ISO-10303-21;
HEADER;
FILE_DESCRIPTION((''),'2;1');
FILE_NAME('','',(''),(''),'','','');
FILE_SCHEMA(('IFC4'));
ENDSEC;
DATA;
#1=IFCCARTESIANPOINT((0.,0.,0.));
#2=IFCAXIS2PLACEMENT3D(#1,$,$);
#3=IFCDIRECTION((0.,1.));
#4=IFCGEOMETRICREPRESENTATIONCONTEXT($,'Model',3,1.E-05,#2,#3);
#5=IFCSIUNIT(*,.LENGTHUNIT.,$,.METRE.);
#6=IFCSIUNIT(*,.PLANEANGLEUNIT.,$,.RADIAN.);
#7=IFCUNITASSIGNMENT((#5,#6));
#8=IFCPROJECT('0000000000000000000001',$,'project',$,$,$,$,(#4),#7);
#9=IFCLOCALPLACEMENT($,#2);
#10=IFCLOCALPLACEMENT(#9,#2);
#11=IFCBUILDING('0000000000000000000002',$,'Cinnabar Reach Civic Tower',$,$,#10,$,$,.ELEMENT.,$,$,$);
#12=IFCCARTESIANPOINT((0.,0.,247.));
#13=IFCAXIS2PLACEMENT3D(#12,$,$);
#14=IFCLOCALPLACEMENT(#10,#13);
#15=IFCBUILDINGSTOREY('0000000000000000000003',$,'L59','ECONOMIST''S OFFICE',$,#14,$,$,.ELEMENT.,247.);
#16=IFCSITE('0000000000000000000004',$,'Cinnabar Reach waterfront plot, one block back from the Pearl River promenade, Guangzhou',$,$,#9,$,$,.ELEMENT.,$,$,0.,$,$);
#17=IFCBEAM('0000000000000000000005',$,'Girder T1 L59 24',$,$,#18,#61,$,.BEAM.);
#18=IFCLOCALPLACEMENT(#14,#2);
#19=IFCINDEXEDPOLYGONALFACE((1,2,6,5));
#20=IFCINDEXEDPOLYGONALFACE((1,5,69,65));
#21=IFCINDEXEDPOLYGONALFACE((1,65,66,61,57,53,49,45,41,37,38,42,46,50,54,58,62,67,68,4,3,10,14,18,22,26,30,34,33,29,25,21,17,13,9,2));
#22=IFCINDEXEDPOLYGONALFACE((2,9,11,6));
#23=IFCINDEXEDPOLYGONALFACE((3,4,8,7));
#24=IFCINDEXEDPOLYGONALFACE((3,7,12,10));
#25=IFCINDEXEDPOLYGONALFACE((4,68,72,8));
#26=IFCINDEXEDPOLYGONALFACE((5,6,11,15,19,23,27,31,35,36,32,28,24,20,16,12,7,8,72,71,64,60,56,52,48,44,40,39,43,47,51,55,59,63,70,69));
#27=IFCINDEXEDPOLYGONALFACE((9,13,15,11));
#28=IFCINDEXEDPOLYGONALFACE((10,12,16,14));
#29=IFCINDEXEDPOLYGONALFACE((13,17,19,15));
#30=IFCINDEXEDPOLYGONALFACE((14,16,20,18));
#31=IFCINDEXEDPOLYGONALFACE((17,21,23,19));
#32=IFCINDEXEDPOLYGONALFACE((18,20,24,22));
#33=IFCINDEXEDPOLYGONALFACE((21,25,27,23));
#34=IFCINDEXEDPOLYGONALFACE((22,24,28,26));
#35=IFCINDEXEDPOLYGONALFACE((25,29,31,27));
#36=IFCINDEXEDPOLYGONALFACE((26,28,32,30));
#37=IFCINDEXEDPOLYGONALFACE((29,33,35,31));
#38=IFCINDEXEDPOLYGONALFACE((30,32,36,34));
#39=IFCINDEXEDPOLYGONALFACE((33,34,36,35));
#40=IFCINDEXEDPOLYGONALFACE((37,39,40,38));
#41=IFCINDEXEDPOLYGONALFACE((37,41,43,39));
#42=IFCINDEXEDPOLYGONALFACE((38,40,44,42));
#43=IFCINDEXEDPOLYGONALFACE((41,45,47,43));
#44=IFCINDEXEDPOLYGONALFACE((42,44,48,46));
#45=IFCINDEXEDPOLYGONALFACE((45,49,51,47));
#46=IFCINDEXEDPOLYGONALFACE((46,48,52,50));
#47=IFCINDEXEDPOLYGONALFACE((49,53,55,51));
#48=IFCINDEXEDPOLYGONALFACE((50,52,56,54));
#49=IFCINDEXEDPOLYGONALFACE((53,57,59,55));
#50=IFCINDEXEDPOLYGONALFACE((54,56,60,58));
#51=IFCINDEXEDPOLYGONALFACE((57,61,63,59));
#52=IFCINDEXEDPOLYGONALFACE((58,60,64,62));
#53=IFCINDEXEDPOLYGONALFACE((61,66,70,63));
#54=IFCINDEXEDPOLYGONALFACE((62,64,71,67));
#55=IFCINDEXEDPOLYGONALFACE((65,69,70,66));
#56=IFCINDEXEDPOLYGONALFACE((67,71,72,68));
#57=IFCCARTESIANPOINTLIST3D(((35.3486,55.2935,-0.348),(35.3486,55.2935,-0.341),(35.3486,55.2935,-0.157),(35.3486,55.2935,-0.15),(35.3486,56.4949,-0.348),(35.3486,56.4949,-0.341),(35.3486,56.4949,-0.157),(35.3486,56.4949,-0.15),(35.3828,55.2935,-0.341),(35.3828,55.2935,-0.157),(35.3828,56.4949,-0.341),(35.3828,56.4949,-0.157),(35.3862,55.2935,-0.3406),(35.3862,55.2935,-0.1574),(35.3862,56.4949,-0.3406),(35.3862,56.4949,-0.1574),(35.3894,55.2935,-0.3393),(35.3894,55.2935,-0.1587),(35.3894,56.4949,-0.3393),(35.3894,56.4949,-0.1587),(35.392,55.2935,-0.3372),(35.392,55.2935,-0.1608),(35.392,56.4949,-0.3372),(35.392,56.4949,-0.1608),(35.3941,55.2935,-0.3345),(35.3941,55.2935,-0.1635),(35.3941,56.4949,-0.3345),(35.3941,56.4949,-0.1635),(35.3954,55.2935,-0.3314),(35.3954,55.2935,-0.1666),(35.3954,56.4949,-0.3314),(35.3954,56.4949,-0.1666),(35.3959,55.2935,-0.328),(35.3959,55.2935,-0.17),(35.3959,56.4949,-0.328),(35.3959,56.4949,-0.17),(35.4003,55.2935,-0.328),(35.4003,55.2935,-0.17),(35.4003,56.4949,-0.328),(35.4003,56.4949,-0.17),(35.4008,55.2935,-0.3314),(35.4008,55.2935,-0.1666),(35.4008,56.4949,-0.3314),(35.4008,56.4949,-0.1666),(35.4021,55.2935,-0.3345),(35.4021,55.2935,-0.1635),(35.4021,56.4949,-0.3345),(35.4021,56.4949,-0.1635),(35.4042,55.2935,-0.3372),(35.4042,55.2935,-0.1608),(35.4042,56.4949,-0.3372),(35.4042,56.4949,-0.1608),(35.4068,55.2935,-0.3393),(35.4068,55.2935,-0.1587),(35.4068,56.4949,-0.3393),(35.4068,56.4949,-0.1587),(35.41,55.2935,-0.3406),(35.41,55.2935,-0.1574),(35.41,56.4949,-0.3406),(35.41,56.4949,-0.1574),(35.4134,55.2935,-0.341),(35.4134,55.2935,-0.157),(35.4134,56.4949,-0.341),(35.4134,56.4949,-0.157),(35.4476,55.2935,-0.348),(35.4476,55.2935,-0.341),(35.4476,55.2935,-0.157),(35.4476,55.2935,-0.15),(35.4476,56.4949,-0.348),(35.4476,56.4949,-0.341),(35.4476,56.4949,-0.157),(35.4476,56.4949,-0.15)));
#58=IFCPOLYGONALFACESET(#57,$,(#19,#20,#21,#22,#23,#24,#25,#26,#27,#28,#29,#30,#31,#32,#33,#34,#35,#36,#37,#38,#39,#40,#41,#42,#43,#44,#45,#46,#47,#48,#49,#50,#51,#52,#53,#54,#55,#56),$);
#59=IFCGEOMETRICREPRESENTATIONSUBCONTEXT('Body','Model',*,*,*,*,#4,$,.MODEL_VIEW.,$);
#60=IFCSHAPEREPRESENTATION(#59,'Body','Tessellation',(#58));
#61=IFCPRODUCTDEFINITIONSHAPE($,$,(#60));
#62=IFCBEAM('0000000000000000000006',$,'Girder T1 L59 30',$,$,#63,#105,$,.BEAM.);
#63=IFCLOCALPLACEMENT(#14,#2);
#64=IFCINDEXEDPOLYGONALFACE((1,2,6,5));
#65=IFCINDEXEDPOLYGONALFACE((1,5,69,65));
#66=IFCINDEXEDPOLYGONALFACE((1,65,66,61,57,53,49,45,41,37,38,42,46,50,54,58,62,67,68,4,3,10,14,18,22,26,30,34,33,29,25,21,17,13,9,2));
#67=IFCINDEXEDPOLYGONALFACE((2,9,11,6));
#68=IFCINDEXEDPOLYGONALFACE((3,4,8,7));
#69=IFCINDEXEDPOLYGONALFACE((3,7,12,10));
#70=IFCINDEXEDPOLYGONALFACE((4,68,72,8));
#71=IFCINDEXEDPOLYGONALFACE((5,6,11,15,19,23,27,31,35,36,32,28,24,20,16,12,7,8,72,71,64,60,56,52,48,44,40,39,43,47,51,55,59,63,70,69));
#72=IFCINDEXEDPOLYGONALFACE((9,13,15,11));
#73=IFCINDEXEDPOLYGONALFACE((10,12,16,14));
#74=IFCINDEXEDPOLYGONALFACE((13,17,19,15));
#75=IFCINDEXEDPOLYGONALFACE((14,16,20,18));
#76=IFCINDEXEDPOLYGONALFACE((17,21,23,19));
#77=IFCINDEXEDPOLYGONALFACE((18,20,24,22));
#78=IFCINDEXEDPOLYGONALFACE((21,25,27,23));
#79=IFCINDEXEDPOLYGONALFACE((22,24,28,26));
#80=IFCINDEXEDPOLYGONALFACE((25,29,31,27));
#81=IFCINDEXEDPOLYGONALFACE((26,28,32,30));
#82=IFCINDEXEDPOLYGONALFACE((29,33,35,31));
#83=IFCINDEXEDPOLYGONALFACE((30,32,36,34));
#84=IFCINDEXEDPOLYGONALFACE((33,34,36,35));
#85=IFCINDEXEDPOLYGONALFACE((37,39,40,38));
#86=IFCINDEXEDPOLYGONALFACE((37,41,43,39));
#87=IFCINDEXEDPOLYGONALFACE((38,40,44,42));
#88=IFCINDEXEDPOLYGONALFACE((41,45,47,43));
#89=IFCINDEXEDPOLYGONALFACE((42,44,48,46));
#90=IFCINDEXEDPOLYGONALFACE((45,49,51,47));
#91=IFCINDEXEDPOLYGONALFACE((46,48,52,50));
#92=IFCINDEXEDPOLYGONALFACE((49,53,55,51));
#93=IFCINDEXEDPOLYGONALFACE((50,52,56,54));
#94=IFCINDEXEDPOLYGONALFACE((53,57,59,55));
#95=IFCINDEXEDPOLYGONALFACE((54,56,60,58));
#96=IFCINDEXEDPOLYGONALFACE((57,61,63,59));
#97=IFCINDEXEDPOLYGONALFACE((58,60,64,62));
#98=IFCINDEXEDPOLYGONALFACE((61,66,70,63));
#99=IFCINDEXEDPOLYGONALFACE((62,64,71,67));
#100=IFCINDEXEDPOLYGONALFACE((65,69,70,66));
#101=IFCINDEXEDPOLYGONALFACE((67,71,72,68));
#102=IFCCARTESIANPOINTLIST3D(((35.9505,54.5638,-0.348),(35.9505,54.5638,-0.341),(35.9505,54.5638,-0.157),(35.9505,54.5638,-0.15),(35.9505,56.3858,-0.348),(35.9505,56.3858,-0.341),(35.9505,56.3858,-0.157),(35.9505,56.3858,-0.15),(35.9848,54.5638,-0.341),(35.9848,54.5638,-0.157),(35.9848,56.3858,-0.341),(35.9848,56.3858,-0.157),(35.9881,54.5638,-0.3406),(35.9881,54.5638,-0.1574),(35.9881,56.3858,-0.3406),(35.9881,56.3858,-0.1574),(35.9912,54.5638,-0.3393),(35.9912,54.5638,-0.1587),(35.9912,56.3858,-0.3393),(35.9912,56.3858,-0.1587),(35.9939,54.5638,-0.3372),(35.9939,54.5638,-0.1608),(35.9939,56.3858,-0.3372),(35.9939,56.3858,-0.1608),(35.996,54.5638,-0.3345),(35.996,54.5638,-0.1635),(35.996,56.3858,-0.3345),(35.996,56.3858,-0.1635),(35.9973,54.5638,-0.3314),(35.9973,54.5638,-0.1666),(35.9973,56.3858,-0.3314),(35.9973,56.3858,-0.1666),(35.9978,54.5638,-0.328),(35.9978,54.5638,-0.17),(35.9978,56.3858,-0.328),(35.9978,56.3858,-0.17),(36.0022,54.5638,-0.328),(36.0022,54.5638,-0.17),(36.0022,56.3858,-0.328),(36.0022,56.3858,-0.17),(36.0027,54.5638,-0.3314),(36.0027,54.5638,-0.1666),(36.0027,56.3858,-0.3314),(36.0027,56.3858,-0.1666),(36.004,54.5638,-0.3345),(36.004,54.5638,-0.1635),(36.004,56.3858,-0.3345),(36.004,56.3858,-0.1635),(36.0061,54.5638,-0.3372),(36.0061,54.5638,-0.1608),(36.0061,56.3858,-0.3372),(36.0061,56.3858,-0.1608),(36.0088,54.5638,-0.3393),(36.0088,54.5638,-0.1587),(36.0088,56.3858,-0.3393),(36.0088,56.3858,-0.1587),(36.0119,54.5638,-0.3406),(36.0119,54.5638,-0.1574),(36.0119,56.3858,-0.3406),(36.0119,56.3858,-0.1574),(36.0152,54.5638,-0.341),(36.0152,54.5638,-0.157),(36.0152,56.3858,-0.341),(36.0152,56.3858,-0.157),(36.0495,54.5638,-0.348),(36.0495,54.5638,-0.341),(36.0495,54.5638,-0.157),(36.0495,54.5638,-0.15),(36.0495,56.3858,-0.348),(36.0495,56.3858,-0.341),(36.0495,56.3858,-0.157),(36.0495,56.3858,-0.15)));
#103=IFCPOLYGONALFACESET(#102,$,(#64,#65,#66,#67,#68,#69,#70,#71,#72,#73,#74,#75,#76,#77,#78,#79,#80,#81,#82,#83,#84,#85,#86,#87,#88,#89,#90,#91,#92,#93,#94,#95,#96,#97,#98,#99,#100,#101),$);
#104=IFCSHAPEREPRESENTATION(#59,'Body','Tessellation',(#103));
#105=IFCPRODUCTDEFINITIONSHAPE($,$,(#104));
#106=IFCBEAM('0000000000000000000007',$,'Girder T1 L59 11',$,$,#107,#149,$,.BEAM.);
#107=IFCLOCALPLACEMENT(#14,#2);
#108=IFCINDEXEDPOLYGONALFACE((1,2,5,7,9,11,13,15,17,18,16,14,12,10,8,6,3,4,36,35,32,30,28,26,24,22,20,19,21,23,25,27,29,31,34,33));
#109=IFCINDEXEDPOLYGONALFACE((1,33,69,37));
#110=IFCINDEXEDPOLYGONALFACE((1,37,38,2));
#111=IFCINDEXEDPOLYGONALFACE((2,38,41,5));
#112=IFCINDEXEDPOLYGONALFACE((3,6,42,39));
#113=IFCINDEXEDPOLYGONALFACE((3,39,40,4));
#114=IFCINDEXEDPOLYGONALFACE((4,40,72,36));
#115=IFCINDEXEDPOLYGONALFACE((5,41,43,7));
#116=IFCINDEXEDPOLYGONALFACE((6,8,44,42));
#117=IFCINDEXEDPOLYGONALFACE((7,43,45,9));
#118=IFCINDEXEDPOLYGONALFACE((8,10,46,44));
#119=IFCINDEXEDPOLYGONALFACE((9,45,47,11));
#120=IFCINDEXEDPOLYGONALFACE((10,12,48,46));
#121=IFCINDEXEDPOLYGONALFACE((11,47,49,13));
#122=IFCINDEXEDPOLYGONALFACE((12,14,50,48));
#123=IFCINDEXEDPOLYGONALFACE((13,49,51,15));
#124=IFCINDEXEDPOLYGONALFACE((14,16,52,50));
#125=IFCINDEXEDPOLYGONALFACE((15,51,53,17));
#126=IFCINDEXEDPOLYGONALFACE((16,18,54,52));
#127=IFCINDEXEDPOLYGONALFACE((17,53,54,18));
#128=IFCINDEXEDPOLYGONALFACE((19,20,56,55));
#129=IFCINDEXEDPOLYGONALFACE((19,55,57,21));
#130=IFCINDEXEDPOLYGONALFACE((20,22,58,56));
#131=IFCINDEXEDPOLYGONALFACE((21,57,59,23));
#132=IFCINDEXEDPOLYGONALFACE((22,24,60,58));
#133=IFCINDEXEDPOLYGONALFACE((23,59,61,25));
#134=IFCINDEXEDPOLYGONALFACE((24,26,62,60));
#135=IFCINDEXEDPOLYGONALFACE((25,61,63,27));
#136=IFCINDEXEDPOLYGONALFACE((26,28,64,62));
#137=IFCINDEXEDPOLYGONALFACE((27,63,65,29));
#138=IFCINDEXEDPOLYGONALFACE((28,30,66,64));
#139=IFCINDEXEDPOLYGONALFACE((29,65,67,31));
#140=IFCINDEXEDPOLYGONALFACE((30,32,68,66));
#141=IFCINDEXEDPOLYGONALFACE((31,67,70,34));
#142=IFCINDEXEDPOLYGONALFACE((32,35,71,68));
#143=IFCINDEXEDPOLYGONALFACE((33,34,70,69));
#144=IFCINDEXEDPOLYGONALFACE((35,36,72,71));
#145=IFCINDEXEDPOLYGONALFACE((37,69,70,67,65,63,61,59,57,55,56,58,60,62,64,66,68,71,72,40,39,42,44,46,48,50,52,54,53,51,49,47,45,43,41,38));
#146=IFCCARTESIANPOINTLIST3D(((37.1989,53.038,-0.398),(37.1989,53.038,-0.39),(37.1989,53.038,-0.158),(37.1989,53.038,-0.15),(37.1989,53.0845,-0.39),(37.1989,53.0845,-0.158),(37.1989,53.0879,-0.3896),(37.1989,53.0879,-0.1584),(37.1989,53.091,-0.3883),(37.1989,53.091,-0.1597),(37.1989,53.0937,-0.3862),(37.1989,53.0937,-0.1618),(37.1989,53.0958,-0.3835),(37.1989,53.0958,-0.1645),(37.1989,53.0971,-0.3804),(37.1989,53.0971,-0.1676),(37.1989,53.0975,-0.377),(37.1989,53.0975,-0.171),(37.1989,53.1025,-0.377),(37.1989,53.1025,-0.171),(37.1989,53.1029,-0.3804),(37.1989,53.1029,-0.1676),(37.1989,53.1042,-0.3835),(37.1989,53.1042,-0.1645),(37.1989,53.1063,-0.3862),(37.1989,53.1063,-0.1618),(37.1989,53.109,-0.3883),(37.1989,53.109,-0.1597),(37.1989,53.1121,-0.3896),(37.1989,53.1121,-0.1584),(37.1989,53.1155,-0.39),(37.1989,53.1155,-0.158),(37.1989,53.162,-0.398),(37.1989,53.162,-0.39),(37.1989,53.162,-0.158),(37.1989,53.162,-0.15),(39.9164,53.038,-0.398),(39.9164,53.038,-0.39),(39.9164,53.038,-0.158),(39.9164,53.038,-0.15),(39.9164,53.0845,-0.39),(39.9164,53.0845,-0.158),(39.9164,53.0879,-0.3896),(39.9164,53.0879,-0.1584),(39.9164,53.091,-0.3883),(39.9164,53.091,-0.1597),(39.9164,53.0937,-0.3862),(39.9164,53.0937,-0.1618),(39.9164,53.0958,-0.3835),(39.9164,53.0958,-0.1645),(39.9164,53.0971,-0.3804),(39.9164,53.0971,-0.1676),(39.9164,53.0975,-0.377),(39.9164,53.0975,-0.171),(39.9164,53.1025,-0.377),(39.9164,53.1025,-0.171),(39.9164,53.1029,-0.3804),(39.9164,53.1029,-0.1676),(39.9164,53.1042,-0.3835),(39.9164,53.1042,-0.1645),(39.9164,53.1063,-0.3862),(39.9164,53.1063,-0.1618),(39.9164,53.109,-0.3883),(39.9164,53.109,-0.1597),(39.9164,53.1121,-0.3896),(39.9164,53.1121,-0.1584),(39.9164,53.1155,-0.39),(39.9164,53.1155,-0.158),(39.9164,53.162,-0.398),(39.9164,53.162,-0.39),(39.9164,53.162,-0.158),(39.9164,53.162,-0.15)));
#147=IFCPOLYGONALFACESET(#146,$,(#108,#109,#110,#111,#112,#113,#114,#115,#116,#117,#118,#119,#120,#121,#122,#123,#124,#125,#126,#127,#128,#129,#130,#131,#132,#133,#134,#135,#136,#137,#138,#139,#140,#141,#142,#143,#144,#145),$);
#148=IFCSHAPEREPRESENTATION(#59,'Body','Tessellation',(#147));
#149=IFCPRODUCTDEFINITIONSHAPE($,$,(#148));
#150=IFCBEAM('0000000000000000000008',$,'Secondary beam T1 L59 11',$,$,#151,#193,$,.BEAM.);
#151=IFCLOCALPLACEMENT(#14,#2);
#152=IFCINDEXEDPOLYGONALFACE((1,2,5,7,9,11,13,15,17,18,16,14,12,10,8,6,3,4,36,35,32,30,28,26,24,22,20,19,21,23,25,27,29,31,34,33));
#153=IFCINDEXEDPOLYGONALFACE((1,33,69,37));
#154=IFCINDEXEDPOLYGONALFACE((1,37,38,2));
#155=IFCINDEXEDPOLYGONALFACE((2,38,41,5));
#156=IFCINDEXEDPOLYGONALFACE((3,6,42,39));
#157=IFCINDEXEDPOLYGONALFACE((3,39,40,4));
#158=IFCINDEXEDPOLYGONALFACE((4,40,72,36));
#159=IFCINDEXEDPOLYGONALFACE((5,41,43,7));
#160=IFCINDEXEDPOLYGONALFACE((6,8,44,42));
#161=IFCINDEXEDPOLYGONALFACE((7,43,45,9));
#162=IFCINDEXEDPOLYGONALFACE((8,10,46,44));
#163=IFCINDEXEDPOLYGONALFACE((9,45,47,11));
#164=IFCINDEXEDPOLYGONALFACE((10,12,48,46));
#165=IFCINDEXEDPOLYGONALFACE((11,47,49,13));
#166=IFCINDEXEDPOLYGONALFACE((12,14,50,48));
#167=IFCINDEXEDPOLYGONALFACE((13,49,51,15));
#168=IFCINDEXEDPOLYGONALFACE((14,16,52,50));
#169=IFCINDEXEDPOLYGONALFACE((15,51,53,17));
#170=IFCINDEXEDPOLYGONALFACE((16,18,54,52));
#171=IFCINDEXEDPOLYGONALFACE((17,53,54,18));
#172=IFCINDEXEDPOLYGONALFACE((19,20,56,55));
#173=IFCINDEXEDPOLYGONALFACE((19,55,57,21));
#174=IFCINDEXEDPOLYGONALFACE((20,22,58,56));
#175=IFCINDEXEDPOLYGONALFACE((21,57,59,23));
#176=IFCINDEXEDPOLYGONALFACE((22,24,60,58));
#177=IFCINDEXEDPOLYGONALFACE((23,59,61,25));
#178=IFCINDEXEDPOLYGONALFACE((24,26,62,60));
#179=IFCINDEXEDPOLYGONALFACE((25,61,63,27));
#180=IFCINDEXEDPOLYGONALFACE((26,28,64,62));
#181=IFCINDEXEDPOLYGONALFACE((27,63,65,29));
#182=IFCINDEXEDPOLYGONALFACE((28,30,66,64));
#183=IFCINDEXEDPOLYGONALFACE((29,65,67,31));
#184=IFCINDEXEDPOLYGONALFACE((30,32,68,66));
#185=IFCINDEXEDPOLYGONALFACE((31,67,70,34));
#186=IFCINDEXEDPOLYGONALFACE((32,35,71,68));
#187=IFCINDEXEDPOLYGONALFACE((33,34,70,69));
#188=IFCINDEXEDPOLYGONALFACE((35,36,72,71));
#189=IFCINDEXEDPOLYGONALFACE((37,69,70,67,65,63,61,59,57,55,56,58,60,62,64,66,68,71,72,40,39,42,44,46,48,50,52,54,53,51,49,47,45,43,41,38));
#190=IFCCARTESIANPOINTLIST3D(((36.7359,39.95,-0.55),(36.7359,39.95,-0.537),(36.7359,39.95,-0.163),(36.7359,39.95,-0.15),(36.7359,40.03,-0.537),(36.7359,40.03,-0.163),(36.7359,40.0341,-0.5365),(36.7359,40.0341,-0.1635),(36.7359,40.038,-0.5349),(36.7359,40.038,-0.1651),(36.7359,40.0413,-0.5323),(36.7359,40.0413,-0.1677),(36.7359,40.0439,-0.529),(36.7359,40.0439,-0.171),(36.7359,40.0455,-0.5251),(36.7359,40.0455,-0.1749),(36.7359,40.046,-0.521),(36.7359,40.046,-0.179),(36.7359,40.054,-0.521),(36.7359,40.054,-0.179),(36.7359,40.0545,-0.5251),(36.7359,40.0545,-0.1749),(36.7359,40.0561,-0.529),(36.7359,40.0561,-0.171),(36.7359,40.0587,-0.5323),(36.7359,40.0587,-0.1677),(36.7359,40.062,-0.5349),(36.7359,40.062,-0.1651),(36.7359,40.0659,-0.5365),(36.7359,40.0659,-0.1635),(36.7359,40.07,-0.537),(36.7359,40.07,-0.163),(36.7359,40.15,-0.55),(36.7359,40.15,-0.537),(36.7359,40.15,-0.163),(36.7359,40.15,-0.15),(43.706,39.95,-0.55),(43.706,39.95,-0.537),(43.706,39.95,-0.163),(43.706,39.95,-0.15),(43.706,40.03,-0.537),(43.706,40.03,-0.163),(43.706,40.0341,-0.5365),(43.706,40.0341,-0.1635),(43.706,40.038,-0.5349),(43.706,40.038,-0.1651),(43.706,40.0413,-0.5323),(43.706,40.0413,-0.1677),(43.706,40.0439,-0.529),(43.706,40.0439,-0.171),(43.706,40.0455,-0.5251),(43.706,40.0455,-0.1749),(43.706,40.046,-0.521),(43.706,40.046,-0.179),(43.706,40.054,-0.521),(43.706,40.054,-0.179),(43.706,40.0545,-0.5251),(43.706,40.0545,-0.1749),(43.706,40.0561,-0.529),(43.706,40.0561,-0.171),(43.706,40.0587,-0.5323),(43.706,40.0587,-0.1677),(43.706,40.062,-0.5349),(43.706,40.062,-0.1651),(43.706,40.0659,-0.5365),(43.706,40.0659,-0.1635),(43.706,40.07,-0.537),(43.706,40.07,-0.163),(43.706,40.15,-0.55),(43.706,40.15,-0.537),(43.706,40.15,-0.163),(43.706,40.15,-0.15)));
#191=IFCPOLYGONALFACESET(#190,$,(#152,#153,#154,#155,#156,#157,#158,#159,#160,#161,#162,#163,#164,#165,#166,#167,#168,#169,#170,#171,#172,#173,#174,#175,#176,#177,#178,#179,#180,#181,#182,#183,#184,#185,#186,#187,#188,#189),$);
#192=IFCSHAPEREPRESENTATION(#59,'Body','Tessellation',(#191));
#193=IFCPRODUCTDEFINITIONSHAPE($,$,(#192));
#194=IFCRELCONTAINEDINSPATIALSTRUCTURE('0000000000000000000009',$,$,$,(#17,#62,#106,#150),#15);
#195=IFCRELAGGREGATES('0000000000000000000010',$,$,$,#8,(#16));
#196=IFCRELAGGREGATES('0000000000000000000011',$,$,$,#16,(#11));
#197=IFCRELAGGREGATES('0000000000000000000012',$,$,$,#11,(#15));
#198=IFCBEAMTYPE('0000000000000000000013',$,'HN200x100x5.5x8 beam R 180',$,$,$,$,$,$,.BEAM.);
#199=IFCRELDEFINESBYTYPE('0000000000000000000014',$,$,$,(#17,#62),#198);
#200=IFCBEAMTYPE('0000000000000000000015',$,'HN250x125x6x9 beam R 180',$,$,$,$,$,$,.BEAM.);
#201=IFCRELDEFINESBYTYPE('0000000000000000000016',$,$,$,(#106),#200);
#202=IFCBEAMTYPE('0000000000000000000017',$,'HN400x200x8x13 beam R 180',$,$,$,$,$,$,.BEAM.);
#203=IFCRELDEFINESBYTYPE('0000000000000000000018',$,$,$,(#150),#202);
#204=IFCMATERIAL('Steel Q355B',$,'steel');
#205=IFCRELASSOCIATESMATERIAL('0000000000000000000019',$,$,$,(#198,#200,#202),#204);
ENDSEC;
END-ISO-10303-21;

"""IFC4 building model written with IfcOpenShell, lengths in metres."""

from ifc_helpers import new_model, si_unit, direction, frame, origin, origin_2d, place, context, subcontext, project, spatial, i_section, extrude, material, material_profile, profile_set, type_object, element, save


model = new_model("IFC4")

# Units and contexts
model_context = context("Model", 3, precision=1e-05, world=origin(), true_north=direction((0.0, 1.0)))
body_context = subcontext(model_context, "Body", "Model", "MODEL_VIEW")
ifc_project = project(units=[si_unit("LENGTHUNIT", "METRE"), si_unit("PLANEANGLEUNIT", "RADIAN")], contexts=[model_context])

# Site, building, storey
site_placement = place(None, origin())
site = spatial("IfcSite", under=ifc_project, at=site_placement, Name="Cinnabar Reach waterfront plot, one block back from the Pearl River promenade, Guangzhou", CompositionType="ELEMENT", RefElevation=0.0)
building_placement = place(site_placement, origin())
building = spatial("IfcBuilding", under=site, at=building_placement, Name="Cinnabar Reach Civic Tower", CompositionType="ELEMENT")
storey_placement = place(building_placement, frame((0.0, 0.0, 247.0)))
storey = spatial("IfcBuildingStorey", under=building, at=storey_placement, Name="L59", Description="ECONOMIST'S OFFICE", CompositionType="ELEMENT", Elevation=247.0)

# Beams
ifc_material_1 = material(Name="Steel Q355B", Category="steel")
ifc_material_profile_1 = material_profile(ifc_material_1, i_section(OverallWidth=0.099, OverallDepth=0.198, WebThickness=0.0045, FlangeThickness=0.007, FilletRadius=0.013, at=origin_2d()), Name="HN200x100x5.5x8")
ifc_profile_set_1 = profile_set([ifc_material_profile_1], Name="Steel Q355B")
beam_type_1 = type_object("IfcBeamType", Name="HN200x100x5.5x8 beam R 180", PredefinedType="BEAM", material=ifc_profile_set_1)
beam_1_placement = place(storey_placement, frame((35.3981, 55.2935, -0.249), z_axis=(0.0, 1.0, 0.0), x_axis=(-1.0, 0.0, 0.0)))
element("IfcBeam", 1, at=beam_1_placement, inside=storey, type_object=beam_type_1, Name="Girder T1 L59 24", PredefinedType="BEAM", context=body_context, shape_type="SweptSolid", body=[
    extrude(i_section(OverallWidth=0.099, OverallDepth=0.198, WebThickness=0.0045, FlangeThickness=0.007, FilletRadius=0.013, at=origin_2d()), origin(), (0.0, 0.0, 1.0), 1.2014),
])
beam_2_placement = place(storey_placement, frame((36.0, 54.5638, -0.249), z_axis=(0.0, 1.0, 0.0), x_axis=(-1.0, 0.0, 0.0)))
element("IfcBeam", 2, at=beam_2_placement, inside=storey, type_object=beam_type_1, Name="Girder T1 L59 30", PredefinedType="BEAM", context=body_context, shape_type="SweptSolid", body=[
    extrude(i_section(OverallWidth=0.099, OverallDepth=0.198, WebThickness=0.0045, FlangeThickness=0.007, FilletRadius=0.013, at=origin_2d()), origin(), (0.0, 0.0, 1.0), 1.822),
])
ifc_material_profile_2 = material_profile(ifc_material_1, i_section(OverallWidth=0.124, OverallDepth=0.248, WebThickness=0.005, FlangeThickness=0.008, FilletRadius=0.013, at=origin_2d()), Name="HN250x125x6x9")
ifc_profile_set_2 = profile_set([ifc_material_profile_2], Name="Steel Q355B")
beam_type_2 = type_object("IfcBeamType", Name="HN250x125x6x9 beam R 180", PredefinedType="BEAM", material=ifc_profile_set_2)
beam_3_placement = place(storey_placement, frame((37.1989, 53.1, -0.274), z_axis=(1.0, 0.0, 0.0), x_axis=(0.0, 1.0, 0.0)))
element("IfcBeam", 3, at=beam_3_placement, inside=storey, type_object=beam_type_2, Name="Girder T1 L59 11", PredefinedType="BEAM", context=body_context, shape_type="SweptSolid", body=[
    extrude(i_section(OverallWidth=0.124, OverallDepth=0.248, WebThickness=0.005, FlangeThickness=0.008, FilletRadius=0.013, at=origin_2d()), origin(), (0.0, 0.0, 1.0), 2.7175),
])
ifc_material_profile_3 = material_profile(ifc_material_1, i_section(OverallWidth=0.2, OverallDepth=0.4, WebThickness=0.008, FlangeThickness=0.013, FilletRadius=0.016, at=origin_2d()), Name="HN400x200x8x13")
ifc_profile_set_3 = profile_set([ifc_material_profile_3], Name="Steel Q355B")
beam_type_3 = type_object("IfcBeamType", Name="HN400x200x8x13 beam R 180", PredefinedType="BEAM", material=ifc_profile_set_3)
beam_4_placement = place(storey_placement, frame((36.7359, 40.05, -0.35), z_axis=(1.0, 0.0, 0.0), x_axis=(0.0, 1.0, 0.0)))
element("IfcBeam", 4, at=beam_4_placement, inside=storey, type_object=beam_type_3, Name="Secondary beam T1 L59 11", PredefinedType="BEAM", context=body_context, shape_type="SweptSolid", body=[
    extrude(i_section(OverallWidth=0.2, OverallDepth=0.4, WebThickness=0.008, FlangeThickness=0.013, FilletRadius=0.016, at=origin_2d()), origin(), (0.0, 0.0, 1.0), 6.9701),
])

save(model, "model.ifc")
